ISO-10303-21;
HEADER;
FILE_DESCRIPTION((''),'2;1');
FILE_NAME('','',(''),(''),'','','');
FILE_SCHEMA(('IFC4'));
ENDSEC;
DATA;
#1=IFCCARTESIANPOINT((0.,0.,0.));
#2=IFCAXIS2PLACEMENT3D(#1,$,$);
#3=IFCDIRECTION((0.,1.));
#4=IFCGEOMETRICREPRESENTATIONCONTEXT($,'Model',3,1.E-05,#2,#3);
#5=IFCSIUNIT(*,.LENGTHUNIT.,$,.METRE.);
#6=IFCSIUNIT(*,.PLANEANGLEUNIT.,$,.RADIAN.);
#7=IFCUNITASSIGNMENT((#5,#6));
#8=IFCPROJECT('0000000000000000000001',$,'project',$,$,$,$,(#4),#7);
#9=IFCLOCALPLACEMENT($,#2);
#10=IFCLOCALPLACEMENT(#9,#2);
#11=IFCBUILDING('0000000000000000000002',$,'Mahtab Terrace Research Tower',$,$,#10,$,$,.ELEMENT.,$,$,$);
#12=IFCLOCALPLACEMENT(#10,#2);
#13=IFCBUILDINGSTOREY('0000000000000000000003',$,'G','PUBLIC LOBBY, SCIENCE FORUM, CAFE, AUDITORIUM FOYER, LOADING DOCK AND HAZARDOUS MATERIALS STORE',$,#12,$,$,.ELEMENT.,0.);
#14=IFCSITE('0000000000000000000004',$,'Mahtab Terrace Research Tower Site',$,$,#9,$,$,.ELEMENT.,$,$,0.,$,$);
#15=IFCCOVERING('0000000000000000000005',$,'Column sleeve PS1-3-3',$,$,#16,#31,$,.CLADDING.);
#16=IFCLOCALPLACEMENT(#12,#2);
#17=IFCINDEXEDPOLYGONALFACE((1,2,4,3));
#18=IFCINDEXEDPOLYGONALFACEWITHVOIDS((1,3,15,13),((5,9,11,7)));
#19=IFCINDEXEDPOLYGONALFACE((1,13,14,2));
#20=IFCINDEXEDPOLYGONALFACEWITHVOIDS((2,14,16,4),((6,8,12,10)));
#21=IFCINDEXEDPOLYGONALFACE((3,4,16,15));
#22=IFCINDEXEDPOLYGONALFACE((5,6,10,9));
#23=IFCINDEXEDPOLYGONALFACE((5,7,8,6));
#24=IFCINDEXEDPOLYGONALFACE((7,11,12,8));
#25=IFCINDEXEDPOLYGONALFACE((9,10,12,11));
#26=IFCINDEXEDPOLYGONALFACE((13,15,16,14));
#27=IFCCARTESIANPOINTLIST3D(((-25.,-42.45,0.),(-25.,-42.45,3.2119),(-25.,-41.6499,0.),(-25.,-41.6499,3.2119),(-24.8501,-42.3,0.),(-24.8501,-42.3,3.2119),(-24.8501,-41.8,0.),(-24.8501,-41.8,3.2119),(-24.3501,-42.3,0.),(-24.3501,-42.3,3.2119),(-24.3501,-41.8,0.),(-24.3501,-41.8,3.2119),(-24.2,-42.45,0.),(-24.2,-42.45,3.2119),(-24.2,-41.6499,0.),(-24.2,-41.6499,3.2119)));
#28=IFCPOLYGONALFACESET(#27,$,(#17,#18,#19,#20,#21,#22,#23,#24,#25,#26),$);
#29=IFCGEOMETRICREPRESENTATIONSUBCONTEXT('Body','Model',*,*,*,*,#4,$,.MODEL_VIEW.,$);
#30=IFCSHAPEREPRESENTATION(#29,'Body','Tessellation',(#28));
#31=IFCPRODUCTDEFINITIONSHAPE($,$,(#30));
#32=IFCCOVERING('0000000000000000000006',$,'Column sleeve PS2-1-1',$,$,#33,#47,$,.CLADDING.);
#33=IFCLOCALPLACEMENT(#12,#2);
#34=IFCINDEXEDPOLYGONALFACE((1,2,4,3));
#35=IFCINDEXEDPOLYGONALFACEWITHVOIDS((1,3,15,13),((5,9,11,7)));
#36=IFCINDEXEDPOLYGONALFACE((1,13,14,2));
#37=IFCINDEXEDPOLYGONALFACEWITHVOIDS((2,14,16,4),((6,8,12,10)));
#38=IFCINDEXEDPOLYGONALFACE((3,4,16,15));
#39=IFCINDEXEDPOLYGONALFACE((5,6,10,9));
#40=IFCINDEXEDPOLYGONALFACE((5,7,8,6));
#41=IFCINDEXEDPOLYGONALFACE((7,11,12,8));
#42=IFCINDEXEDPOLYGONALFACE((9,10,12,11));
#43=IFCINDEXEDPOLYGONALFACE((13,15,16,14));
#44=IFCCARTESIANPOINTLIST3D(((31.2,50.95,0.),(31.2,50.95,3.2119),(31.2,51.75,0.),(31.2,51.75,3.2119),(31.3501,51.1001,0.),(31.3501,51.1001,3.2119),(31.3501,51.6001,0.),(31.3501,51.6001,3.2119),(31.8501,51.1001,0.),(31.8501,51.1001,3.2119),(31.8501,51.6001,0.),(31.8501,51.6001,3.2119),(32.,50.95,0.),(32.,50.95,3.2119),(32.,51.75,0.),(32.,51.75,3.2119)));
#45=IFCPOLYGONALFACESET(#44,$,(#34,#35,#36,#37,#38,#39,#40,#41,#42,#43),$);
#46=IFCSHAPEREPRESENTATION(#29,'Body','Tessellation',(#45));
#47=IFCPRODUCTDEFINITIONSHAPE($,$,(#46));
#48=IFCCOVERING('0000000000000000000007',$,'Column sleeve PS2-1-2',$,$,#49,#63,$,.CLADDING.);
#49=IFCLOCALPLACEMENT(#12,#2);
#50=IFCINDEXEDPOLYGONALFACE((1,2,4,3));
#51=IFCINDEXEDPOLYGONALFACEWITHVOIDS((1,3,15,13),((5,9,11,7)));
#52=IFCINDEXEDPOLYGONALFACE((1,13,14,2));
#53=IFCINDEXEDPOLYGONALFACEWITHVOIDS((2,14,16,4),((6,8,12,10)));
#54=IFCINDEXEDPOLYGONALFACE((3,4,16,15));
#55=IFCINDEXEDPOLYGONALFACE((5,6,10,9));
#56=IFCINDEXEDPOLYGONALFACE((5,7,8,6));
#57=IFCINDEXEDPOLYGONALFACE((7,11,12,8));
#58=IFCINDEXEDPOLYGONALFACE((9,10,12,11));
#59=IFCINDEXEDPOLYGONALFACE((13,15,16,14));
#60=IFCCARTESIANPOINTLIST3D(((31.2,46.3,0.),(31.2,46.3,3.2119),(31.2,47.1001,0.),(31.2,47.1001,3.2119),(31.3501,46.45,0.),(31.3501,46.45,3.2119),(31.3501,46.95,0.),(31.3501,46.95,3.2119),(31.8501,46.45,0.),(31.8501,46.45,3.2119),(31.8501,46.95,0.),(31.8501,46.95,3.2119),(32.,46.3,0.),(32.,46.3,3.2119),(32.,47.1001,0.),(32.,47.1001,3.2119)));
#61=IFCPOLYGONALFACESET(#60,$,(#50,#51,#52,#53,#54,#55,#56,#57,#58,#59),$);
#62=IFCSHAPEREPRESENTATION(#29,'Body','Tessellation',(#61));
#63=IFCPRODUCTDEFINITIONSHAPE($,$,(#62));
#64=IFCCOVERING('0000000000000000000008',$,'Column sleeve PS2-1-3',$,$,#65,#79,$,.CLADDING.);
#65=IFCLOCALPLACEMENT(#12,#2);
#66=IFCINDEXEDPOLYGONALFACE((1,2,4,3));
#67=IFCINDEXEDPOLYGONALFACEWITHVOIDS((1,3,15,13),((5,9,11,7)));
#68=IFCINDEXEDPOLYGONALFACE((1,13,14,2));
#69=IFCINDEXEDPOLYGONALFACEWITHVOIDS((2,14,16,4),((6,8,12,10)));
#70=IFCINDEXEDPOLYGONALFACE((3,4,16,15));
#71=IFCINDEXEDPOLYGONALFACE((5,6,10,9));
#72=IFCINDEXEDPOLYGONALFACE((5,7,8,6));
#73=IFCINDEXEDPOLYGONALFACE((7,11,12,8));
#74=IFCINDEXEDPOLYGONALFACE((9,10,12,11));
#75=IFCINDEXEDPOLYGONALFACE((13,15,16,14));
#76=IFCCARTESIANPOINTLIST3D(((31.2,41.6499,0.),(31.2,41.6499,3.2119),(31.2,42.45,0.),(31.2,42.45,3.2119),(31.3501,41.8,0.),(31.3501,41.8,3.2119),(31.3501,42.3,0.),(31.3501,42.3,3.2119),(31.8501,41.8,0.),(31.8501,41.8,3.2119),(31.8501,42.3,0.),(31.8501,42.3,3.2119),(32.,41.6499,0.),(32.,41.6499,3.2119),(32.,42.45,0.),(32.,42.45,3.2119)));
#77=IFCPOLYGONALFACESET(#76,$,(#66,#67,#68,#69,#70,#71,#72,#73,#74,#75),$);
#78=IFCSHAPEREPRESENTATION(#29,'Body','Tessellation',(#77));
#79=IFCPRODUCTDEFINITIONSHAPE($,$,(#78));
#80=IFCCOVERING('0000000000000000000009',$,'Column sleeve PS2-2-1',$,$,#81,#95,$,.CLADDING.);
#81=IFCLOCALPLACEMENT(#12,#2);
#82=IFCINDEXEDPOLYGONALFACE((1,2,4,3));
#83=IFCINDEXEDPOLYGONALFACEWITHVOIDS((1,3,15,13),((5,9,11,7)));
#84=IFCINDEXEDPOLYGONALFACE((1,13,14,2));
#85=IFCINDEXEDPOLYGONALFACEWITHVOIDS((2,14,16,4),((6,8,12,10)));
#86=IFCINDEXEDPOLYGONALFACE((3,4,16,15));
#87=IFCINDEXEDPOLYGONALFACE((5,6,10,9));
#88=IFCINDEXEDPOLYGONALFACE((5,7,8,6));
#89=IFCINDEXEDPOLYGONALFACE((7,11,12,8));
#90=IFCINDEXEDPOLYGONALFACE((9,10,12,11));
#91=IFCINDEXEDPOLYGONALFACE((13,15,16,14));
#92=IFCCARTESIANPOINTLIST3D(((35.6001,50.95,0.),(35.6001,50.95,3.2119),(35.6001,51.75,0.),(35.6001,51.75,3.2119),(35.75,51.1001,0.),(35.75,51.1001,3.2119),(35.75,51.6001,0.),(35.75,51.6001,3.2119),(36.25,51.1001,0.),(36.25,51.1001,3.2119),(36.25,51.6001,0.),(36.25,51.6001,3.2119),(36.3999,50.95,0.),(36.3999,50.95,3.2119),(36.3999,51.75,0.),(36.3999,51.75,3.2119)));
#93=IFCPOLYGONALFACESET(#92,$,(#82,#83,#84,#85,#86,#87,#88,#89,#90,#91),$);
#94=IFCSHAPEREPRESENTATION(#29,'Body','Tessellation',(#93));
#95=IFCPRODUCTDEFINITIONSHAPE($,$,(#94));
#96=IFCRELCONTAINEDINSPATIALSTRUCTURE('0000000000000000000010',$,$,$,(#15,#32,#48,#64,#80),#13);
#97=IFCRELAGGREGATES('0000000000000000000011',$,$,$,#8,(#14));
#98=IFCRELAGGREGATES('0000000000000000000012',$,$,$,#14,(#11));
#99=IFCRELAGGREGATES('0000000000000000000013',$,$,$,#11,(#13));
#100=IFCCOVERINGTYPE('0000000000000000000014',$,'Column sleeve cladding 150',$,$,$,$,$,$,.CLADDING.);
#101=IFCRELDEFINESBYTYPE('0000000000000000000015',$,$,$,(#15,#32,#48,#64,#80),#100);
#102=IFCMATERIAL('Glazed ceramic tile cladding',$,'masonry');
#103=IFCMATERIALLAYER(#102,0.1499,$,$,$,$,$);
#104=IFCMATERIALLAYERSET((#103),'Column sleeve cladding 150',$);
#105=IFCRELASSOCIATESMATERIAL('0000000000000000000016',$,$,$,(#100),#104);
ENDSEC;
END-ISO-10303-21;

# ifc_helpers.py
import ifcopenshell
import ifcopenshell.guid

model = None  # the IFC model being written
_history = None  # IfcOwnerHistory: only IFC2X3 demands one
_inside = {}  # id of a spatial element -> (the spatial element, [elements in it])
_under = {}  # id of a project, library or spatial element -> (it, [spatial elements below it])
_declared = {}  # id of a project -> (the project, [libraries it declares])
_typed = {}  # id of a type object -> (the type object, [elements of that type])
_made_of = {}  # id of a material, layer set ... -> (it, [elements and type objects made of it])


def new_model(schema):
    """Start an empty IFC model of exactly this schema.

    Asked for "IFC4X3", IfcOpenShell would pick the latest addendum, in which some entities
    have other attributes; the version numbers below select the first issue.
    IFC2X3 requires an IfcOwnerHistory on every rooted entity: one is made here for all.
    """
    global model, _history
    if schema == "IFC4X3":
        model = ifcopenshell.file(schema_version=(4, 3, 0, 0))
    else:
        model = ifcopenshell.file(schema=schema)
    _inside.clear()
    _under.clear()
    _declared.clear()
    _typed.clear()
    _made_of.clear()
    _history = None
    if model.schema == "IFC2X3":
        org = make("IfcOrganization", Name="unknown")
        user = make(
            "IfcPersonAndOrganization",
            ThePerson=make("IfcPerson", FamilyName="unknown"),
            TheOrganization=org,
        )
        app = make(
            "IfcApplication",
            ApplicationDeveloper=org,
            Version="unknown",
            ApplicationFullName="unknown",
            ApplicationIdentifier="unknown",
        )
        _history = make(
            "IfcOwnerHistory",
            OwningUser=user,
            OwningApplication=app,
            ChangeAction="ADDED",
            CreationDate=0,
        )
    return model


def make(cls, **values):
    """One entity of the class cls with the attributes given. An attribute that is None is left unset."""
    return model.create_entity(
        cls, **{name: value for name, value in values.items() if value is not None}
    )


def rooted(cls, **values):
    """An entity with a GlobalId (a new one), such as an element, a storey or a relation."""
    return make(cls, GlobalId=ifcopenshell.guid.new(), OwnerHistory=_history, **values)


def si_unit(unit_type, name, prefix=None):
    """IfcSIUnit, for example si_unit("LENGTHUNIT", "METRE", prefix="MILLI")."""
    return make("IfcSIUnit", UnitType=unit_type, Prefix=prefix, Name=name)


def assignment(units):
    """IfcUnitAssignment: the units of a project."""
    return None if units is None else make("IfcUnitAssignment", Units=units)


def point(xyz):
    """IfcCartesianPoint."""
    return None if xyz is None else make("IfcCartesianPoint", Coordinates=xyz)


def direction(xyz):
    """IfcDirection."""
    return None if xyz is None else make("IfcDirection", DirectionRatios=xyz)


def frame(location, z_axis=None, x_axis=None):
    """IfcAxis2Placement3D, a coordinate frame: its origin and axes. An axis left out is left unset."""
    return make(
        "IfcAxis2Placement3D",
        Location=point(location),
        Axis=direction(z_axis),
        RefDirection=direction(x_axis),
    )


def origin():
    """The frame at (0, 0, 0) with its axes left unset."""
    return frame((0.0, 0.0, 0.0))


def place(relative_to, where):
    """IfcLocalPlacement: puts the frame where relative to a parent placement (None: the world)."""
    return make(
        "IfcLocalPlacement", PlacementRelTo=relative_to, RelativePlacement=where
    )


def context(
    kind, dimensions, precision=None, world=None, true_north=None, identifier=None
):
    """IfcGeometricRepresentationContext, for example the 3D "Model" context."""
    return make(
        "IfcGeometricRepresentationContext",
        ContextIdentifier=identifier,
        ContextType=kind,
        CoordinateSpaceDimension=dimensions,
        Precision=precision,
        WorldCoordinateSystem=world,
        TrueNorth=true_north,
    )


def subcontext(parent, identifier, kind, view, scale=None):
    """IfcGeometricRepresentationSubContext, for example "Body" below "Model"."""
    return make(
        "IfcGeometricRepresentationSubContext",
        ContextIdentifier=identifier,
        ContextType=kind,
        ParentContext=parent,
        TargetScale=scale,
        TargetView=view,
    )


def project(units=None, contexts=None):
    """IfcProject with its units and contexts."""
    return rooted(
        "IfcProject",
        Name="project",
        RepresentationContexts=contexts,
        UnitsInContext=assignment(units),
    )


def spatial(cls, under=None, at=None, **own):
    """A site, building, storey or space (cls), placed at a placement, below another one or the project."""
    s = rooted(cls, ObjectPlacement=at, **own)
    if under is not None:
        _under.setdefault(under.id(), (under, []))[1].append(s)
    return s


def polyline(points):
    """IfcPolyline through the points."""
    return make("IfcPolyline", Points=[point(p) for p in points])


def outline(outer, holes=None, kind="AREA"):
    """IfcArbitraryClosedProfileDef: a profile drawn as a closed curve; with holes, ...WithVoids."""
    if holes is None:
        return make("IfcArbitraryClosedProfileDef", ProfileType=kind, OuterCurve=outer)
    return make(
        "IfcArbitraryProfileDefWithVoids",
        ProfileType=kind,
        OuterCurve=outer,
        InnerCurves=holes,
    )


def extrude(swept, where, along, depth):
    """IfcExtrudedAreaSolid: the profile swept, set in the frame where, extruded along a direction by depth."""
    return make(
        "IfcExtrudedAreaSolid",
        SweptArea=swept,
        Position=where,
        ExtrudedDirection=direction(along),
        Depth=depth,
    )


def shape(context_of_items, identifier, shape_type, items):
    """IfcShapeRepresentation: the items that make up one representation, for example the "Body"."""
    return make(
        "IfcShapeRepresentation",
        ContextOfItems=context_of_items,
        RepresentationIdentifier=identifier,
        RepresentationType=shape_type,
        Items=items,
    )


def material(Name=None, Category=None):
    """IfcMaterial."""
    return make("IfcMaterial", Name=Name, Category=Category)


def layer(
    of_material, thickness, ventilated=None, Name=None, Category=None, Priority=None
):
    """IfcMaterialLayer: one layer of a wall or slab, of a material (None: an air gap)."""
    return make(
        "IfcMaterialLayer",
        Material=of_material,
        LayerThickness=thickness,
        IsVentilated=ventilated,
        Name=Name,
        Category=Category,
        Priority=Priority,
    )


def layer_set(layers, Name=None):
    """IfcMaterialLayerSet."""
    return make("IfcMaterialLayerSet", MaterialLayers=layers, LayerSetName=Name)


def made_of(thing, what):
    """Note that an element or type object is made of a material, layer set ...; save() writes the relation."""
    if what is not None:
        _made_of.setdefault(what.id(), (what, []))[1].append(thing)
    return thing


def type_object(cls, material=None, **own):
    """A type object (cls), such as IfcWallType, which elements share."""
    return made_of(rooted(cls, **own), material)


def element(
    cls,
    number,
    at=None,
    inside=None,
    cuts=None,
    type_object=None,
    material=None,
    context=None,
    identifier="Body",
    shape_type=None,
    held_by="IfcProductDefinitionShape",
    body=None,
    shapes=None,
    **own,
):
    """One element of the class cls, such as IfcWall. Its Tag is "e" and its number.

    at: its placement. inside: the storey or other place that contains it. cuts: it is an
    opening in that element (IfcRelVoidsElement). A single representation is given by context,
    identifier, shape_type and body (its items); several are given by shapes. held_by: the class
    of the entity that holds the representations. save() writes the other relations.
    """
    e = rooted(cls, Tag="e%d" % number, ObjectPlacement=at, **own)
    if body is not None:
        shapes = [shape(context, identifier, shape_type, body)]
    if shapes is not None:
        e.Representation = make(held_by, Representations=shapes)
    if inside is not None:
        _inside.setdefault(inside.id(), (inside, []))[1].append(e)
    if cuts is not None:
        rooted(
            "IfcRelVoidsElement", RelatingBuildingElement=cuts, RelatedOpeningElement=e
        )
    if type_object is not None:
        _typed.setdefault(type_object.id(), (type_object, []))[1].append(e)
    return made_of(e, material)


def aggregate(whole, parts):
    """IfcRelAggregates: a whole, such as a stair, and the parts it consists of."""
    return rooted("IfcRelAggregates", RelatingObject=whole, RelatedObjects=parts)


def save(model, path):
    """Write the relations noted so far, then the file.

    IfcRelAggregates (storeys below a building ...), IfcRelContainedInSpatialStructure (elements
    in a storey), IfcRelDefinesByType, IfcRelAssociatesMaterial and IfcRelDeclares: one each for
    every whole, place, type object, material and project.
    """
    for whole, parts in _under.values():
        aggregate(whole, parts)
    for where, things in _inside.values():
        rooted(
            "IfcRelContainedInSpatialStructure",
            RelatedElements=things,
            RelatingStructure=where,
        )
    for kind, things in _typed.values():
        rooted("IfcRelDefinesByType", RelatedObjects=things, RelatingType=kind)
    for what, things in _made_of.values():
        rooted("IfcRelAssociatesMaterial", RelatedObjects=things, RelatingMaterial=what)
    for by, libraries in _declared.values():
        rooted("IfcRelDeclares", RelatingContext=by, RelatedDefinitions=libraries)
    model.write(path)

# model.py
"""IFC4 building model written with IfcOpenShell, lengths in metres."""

from ifc_helpers import new_model, si_unit, direction, origin, place, context, subcontext, project, spatial, polyline, outline, extrude, material, layer, layer_set, type_object, element, save


model = new_model("IFC4")

# Units and contexts
model_context = context("Model", 3, precision=1e-05, world=origin(), true_north=direction((0.0, 1.0)))
body_context = subcontext(model_context, "Body", "Model", "MODEL_VIEW")
ifc_project = project(units=[si_unit("LENGTHUNIT", "METRE"), si_unit("PLANEANGLEUNIT", "RADIAN")], contexts=[model_context])

# Site, building, storey
site_placement = place(None, origin())
site = spatial("IfcSite", under=ifc_project, at=site_placement, Name="Mahtab Terrace Research Tower Site", CompositionType="ELEMENT", RefElevation=0.0)
building_placement = place(site_placement, origin())
building = spatial("IfcBuilding", under=site, at=building_placement, Name="Mahtab Terrace Research Tower", CompositionType="ELEMENT")
storey_placement = place(building_placement, origin())
storey = spatial("IfcBuildingStorey", under=building, at=storey_placement, Name="G", Description="PUBLIC LOBBY, SCIENCE FORUM, CAFE, AUDITORIUM FOYER, LOADING DOCK AND HAZARDOUS MATERIALS STORE", CompositionType="ELEMENT", Elevation=0.0)

# Coverings
ifc_material_1 = material(Name="Glazed ceramic tile cladding", Category="masonry")
ifc_layer_1 = layer(ifc_material_1, 0.1499)
ifc_layer_set_1 = layer_set([ifc_layer_1], Name="Column sleeve cladding 150")
covering_type = type_object("IfcCoveringType", Name="Column sleeve cladding 150", PredefinedType="CLADDING", material=ifc_layer_set_1)
covering_1_placement = place(storey_placement, origin())
element("IfcCovering", 1, at=covering_1_placement, inside=storey, type_object=covering_type, Name="Column sleeve PS1-3-3", PredefinedType="CLADDING", context=body_context, shape_type="SweptSolid", body=[
    extrude(outline(polyline([(-25.0, -42.45), (-24.2, -42.45), (-24.2, -41.6499), (-25.0, -41.6499), (-25.0, -42.45)]), holes=[polyline([(-24.8501, -42.3), (-24.3501, -42.3), (-24.3501, -41.8), (-24.8501, -41.8), (-24.8501, -42.3)])]), origin(), (0.0, 0.0, 1.0), 3.2119),
])
covering_2_placement = place(storey_placement, origin())
element("IfcCovering", 2, at=covering_2_placement, inside=storey, type_object=covering_type, Name="Column sleeve PS2-1-1", PredefinedType="CLADDING", context=body_context, shape_type="SweptSolid", body=[
    extrude(outline(polyline([(31.2, 50.95), (32.0, 50.95), (32.0, 51.75), (31.2, 51.75), (31.2, 50.95)]), holes=[polyline([(31.3501, 51.1001), (31.8501, 51.1001), (31.8501, 51.6001), (31.3501, 51.6001), (31.3501, 51.1001)])]), origin(), (0.0, 0.0, 1.0), 3.2119),
])
covering_3_placement = place(storey_placement, origin())
element("IfcCovering", 3, at=covering_3_placement, inside=storey, type_object=covering_type, Name="Column sleeve PS2-1-2", PredefinedType="CLADDING", context=body_context, shape_type="SweptSolid", body=[
    extrude(outline(polyline([(31.2, 46.3), (32.0, 46.3), (32.0, 47.1001), (31.2, 47.1001), (31.2, 46.3)]), holes=[polyline([(31.3501, 46.45), (31.8501, 46.45), (31.8501, 46.95), (31.3501, 46.95), (31.3501, 46.45)])]), origin(), (0.0, 0.0, 1.0), 3.2119),
])
covering_4_placement = place(storey_placement, origin())
element("IfcCovering", 4, at=covering_4_placement, inside=storey, type_object=covering_type, Name="Column sleeve PS2-1-3", PredefinedType="CLADDING", context=body_context, shape_type="SweptSolid", body=[
    extrude(outline(polyline([(31.2, 41.6499), (32.0, 41.6499), (32.0, 42.45), (31.2, 42.45), (31.2, 41.6499)]), holes=[polyline([(31.3501, 41.8), (31.8501, 41.8), (31.8501, 42.3), (31.3501, 42.3), (31.3501, 41.8)])]), origin(), (0.0, 0.0, 1.0), 3.2119),
])
covering_5_placement = place(storey_placement, origin())
element("IfcCovering", 5, at=covering_5_placement, inside=storey, type_object=covering_type, Name="Column sleeve PS2-2-1", PredefinedType="CLADDING", context=body_context, shape_type="SweptSolid", body=[
    extrude(outline(polyline([(35.6001, 50.95), (36.3999, 50.95), (36.3999, 51.75), (35.6001, 51.75), (35.6001, 50.95)]), holes=[polyline([(35.75, 51.1001), (36.25, 51.1001), (36.25, 51.6001), (35.75, 51.6001), (35.75, 51.1001)])]), origin(), (0.0, 0.0, 1.0), 3.2119),
])

save(model, "model.ifc")
